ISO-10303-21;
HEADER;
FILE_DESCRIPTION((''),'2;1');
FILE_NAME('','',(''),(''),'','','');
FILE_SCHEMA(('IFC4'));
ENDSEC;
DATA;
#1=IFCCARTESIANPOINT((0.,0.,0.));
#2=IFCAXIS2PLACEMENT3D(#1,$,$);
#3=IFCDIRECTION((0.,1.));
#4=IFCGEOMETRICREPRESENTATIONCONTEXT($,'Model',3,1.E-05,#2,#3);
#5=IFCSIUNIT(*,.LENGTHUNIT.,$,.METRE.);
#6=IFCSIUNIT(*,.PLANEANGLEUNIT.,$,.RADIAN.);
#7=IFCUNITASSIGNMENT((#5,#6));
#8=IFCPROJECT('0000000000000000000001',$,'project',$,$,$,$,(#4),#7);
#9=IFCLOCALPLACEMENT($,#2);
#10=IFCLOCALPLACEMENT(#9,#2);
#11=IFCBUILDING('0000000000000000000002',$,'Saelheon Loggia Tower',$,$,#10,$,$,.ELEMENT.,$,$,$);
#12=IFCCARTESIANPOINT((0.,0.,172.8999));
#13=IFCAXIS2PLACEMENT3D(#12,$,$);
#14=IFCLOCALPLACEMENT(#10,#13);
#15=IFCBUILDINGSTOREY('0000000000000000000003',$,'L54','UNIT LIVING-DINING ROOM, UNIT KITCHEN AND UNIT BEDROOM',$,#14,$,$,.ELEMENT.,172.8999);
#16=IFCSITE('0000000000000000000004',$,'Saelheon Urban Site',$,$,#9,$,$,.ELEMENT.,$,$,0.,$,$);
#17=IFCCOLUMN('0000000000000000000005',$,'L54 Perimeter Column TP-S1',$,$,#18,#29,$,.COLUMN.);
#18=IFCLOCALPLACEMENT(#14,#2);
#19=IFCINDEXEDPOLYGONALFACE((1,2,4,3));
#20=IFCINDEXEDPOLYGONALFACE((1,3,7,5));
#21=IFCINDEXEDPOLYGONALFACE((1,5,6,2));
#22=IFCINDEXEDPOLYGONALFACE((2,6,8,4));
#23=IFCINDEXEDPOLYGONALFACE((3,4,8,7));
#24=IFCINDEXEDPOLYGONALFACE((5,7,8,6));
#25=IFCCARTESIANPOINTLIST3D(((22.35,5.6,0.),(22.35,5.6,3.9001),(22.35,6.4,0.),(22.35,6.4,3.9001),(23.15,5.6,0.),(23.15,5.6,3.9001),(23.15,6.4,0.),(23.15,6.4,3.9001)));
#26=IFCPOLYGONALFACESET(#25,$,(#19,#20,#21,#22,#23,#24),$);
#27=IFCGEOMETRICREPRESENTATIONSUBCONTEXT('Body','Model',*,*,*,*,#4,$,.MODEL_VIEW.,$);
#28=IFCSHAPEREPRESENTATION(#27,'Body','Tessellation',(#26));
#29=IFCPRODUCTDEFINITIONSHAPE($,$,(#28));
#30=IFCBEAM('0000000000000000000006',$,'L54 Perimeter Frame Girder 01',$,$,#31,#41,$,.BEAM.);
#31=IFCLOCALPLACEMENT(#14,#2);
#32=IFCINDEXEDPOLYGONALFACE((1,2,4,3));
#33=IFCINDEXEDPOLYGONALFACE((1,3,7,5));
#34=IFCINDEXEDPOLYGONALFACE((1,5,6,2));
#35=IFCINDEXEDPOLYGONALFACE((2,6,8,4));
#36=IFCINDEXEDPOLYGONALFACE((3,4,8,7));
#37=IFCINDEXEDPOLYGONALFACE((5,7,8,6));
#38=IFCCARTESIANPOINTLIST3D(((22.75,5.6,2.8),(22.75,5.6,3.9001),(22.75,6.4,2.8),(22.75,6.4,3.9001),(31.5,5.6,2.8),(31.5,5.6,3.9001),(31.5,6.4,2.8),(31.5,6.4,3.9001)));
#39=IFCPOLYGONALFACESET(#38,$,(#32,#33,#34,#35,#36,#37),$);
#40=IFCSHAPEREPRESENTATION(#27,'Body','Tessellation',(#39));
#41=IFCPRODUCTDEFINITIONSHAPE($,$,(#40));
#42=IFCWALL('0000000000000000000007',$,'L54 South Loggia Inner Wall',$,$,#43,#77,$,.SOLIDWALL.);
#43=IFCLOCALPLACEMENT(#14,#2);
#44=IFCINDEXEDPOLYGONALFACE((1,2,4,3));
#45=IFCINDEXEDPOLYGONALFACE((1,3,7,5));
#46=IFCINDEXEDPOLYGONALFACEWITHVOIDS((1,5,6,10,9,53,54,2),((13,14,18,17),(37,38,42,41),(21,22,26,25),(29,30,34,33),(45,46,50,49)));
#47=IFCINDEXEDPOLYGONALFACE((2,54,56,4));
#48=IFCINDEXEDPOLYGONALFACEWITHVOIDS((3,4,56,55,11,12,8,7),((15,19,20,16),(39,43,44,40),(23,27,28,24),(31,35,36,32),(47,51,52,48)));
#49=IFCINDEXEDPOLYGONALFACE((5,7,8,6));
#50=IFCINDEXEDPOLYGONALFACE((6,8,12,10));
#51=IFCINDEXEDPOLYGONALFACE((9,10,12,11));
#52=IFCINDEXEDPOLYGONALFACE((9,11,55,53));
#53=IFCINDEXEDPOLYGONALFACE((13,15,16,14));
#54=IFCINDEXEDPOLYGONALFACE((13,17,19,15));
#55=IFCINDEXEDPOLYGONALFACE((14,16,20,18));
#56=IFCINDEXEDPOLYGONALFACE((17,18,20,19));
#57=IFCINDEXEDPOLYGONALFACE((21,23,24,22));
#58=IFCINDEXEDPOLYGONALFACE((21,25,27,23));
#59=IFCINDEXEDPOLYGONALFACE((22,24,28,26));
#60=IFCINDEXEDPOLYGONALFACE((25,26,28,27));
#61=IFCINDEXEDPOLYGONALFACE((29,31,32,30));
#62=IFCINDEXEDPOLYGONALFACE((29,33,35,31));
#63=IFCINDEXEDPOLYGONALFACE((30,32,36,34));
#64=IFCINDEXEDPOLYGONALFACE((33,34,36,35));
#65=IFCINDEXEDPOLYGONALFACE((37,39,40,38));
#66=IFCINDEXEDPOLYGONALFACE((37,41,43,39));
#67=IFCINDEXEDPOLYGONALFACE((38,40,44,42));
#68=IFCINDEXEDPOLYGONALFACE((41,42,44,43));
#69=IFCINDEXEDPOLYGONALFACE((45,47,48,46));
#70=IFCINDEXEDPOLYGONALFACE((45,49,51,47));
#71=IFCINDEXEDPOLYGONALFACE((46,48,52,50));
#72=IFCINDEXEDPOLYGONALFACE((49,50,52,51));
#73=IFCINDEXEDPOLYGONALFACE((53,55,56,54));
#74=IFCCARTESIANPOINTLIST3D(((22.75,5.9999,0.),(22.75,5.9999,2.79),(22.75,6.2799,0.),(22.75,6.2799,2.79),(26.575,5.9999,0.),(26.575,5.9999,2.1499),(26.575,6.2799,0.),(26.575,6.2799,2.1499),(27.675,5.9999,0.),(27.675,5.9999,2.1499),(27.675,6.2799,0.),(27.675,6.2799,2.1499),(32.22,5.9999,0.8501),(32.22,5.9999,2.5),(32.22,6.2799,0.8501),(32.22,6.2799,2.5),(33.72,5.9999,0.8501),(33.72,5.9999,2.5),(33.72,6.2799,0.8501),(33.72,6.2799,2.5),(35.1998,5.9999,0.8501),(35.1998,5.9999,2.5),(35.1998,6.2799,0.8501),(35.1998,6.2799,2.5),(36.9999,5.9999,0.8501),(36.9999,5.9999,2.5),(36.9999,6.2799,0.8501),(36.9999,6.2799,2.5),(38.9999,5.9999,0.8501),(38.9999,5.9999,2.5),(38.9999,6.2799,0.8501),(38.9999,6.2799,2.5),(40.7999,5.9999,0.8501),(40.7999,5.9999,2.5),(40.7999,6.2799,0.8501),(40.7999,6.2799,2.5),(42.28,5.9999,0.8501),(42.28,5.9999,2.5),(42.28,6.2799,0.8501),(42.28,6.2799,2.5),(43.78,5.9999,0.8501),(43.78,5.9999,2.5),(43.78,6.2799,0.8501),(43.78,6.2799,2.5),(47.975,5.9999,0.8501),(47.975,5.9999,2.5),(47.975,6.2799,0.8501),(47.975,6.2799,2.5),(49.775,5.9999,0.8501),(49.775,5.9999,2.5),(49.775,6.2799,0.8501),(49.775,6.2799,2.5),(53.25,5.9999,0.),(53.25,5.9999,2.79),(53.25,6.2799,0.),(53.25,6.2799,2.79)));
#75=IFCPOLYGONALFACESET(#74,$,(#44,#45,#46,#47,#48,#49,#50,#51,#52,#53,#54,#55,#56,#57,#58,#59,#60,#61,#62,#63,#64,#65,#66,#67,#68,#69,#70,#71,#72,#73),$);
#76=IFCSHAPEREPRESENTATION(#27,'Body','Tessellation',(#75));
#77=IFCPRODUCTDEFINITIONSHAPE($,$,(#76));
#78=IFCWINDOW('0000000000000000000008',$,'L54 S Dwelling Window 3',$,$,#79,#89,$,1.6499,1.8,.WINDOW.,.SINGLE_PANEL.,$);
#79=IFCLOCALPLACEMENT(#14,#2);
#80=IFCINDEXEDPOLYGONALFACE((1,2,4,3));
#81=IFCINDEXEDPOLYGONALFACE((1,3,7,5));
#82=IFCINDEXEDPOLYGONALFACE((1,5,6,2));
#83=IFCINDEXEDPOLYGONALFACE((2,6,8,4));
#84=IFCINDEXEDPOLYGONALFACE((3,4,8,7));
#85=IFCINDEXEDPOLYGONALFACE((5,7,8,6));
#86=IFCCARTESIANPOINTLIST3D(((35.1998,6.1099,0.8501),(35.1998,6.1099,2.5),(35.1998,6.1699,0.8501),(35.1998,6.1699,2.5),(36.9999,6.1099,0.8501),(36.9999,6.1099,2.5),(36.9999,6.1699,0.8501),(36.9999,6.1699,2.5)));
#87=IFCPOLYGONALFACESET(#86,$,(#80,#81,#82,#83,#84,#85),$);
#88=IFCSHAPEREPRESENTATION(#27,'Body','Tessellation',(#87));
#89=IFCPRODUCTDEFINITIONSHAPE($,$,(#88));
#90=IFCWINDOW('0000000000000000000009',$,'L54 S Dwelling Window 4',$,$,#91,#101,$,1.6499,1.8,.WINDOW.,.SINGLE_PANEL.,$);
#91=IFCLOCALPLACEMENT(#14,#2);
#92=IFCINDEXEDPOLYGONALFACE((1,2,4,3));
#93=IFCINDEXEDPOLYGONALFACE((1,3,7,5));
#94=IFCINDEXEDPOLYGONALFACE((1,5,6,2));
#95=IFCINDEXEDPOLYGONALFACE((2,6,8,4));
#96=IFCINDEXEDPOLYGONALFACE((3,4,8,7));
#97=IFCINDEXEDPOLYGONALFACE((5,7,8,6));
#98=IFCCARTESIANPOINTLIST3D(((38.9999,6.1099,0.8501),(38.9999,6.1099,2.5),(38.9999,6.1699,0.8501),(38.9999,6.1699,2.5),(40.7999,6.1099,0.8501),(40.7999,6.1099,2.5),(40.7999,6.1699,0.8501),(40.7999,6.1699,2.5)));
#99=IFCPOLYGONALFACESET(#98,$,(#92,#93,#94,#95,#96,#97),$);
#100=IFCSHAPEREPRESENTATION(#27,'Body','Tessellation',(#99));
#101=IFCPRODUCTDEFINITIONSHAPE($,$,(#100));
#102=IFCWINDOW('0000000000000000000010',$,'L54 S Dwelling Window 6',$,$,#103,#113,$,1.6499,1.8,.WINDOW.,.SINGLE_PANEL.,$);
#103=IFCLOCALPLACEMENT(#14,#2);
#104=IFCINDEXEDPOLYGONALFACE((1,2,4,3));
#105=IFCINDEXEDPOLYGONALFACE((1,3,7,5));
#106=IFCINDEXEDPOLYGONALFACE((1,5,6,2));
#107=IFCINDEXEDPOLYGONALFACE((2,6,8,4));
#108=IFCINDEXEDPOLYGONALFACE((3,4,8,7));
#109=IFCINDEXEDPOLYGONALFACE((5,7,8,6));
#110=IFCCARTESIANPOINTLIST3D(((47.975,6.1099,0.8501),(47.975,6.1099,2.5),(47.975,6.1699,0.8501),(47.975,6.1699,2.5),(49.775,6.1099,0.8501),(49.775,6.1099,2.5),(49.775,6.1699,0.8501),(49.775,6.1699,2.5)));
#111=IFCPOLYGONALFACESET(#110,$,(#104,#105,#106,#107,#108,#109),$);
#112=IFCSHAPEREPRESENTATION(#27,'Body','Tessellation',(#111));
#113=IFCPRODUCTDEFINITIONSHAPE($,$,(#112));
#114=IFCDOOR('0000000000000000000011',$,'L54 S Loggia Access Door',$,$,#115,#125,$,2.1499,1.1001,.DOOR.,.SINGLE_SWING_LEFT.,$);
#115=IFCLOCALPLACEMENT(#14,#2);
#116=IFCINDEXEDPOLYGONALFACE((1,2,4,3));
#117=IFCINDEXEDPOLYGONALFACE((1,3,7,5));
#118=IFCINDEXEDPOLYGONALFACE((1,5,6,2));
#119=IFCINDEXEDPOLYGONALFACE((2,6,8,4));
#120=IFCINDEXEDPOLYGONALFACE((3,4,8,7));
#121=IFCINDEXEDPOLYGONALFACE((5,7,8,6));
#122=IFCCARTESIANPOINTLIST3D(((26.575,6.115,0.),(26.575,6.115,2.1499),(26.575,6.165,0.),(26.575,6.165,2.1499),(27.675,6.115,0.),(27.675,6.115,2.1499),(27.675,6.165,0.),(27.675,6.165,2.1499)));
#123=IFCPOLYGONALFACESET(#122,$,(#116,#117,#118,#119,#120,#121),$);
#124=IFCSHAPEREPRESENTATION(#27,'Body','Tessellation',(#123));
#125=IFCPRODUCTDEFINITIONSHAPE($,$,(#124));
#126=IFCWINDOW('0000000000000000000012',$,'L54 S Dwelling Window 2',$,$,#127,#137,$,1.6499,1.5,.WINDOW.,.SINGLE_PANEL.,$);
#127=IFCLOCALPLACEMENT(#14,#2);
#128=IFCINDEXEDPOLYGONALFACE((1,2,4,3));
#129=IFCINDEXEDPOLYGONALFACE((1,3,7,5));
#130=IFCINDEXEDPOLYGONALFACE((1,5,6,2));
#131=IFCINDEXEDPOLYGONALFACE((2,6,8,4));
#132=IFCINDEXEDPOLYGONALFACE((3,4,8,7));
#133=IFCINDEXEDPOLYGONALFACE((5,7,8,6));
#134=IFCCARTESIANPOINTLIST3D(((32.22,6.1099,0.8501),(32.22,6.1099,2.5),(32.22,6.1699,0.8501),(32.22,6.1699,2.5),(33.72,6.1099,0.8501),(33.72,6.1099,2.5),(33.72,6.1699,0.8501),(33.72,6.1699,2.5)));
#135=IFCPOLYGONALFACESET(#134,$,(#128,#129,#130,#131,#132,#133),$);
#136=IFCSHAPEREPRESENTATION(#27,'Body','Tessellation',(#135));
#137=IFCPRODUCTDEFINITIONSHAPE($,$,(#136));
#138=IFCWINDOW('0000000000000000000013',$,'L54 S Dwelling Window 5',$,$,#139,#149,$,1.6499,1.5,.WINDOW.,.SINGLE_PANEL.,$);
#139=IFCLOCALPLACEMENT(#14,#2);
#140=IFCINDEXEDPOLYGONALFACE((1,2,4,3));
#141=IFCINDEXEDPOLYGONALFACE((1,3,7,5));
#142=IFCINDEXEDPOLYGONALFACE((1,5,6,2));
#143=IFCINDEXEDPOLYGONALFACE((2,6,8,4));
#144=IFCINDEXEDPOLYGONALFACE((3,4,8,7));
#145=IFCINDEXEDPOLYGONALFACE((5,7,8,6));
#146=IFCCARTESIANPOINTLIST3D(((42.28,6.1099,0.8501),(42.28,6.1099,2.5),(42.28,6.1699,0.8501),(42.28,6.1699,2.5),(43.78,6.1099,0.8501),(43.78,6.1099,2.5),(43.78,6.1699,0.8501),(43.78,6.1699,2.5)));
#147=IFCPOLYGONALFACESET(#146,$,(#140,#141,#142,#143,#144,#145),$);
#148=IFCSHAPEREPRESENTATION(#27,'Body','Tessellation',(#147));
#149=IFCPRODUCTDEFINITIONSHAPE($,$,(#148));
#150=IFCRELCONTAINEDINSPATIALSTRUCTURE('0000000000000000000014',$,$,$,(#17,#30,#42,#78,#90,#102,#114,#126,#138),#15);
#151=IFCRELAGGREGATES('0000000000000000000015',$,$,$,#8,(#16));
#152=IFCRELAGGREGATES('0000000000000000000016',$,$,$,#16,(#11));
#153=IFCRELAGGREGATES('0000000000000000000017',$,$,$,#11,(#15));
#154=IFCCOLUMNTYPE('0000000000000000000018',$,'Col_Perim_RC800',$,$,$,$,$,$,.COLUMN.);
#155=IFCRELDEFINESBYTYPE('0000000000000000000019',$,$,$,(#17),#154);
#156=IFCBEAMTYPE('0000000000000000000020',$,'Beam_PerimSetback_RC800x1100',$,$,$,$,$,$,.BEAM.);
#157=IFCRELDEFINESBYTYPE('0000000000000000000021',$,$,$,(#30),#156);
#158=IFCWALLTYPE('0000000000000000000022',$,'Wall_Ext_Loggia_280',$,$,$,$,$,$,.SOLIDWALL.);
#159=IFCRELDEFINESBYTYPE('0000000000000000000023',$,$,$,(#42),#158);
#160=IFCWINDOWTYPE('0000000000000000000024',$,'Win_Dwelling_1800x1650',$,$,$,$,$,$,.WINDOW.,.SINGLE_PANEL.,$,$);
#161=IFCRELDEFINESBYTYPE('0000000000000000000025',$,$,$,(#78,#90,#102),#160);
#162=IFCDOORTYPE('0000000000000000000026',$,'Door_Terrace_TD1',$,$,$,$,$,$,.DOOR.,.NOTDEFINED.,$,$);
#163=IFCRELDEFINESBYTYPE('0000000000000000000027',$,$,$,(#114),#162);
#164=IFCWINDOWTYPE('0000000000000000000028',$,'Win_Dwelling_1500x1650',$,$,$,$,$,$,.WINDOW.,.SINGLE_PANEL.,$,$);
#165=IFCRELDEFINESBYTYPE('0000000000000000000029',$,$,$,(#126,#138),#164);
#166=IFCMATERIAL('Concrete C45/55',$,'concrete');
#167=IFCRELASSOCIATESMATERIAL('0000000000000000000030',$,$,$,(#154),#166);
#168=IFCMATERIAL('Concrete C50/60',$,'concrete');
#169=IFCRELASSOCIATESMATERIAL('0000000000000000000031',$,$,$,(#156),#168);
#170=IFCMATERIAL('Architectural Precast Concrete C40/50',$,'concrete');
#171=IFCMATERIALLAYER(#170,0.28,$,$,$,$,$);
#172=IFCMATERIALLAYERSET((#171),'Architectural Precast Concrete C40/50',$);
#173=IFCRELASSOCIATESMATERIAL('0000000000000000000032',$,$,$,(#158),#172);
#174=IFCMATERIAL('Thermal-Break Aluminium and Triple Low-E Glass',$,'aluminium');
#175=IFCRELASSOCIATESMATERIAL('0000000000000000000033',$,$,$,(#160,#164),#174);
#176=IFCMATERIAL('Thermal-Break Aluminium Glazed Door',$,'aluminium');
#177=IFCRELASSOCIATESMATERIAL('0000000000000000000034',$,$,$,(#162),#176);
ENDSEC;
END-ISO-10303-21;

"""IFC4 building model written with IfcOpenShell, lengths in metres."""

from ifc_helpers import new_model, si_unit, direction, frame, frame_2d, origin, origin_2d, place, context, subcontext, project, spatial, rectangle, extrude, source, transform, mapped, material, layer, layer_set, material_profile, profile_set, type_object, element, fill, save


model = new_model("IFC4")

# Units and contexts
model_context = context("Model", 3, precision=1e-05, world=origin(), true_north=direction((0.0, 1.0)))
body_context = subcontext(model_context, "Body", "Model", "MODEL_VIEW")
ifc_project = project(units=[si_unit("LENGTHUNIT", "METRE"), si_unit("PLANEANGLEUNIT", "RADIAN")], contexts=[model_context])

# Site, building, storey
site_placement = place(None, origin())
site = spatial("IfcSite", under=ifc_project, at=site_placement, Name="Saelheon Urban Site", CompositionType="ELEMENT", RefElevation=0.0)
building_placement = place(site_placement, origin())
building = spatial("IfcBuilding", under=site, at=building_placement, Name="Saelheon Loggia Tower", CompositionType="ELEMENT")
storey_placement = place(building_placement, frame((0.0, 0.0, 172.8999)))
storey = spatial("IfcBuildingStorey", under=building, at=storey_placement, Name="L54", Description="UNIT LIVING-DINING ROOM, UNIT KITCHEN AND UNIT BEDROOM", CompositionType="ELEMENT", Elevation=172.8999)

# Column
ifc_material_1 = material(Name="Concrete C45/55", Category="concrete")
ifc_material_profile_1 = material_profile(ifc_material_1, rectangle(XDim=0.8, YDim=0.8, at=origin_2d()), Name="RC-800x800")
ifc_profile_set_1 = profile_set([ifc_material_profile_1], Name="Concrete C45/55")
column_type = type_object("IfcColumnType", Name="Col_Perim_RC800", PredefinedType="COLUMN", material=ifc_profile_set_1)
shared_shape_1 = source(origin(), body_context, "Body", "SweptSolid", [
    extrude(rectangle(XDim=0.8, YDim=0.8, at=origin_2d()), origin(), (0.0, 0.0, 1.0), 3.9001),
])
column_placement = place(storey_placement, frame((22.75, 6.0, 0.0), z_axis=(0.0, 0.0, 1.0), x_axis=(1.0, 0.0, 0.0)))
element("IfcColumn", 1, at=column_placement, inside=storey, type_object=column_type, Name="L54 Perimeter Column TP-S1", PredefinedType="COLUMN", context=body_context, shape_type="MappedRepresentation", body=[
    mapped(shared_shape_1, transform((0.0, 0.0, 0.0), scale=1.0)),
])

# Beam
ifc_material_2 = material(Name="Concrete C50/60", Category="concrete")
ifc_material_profile_2 = material_profile(ifc_material_2, rectangle(XDim=0.8, YDim=1.1001, at=origin_2d()), Name="RC-800x1100")
ifc_profile_set_2 = profile_set([ifc_material_profile_2], Name="Concrete C50/60")
beam_type = type_object("IfcBeamType", Name="Beam_PerimSetback_RC800x1100", PredefinedType="BEAM", material=ifc_profile_set_2)
shared_shape_2 = source(origin(), body_context, "Body", "SweptSolid", [
    extrude(rectangle(XDim=0.8, YDim=1.1001, at=origin_2d()), origin(), (0.0, 0.0, 1.0), 8.75),
])
beam_placement = place(storey_placement, frame((22.75, 6.0, 3.3501), z_axis=(1.0, 0.0, 0.0), x_axis=(0.0, 1.0, 0.0)))
element("IfcBeam", 2, at=beam_placement, inside=storey, type_object=beam_type, Name="L54 Perimeter Frame Girder 01", PredefinedType="BEAM", context=body_context, shape_type="MappedRepresentation", body=[
    mapped(shared_shape_2, transform((0.0, 0.0, 0.0), scale=1.0)),
])

# Wall, openings, windows, door
ifc_material_3 = material(Name="Architectural Precast Concrete C40/50", Category="concrete")
ifc_layer = layer(ifc_material_3, 0.28)
ifc_layer_set = layer_set([ifc_layer], Name="Architectural Precast Concrete C40/50")
wall_type = type_object("IfcWallType", Name="Wall_Ext_Loggia_280", PredefinedType="SOLIDWALL", material=ifc_layer_set)
wall_1_placement = place(storey_placement, frame((22.75, 6.1399, 0.0), z_axis=(0.0, 0.0, 1.0), x_axis=(1.0, 0.0, 0.0)))
wall_1 = element("IfcWall", 3, at=wall_1_placement, inside=storey, type_object=wall_type, Name="L54 South Loggia Inner Wall", PredefinedType="SOLIDWALL", context=body_context, shape_type="SweptSolid", body=[
    extrude(rectangle(XDim=30.5, YDim=0.28, at=frame_2d((15.25, 0.0))), origin(), (0.0, 0.0, 1.0), 2.79),
])
opening_1_placement = place(wall_1_placement, frame((4.925, 0.0, 0.0), z_axis=(0.0, 0.0, 1.0), x_axis=(-1.0, 0.0, 0.0)))
opening_1 = element("IfcOpeningElement", 4, at=opening_1_placement, cuts=wall_1, PredefinedType="OPENING", context=body_context, shape_type="SweptSolid", body=[
    extrude(rectangle(XDim=1.1001, YDim=2.1499, at=frame_2d((0.55, 1.075))), frame((0.0, 0.1521, 0.0), z_axis=(0.0, -1.0, 0.0), x_axis=(1.0, 0.0, 0.0)), (0.0, 0.0, 1.0), 0.304),
])
opening_2_placement = place(wall_1_placement, frame((9.47, 0.0, 0.8501)))
opening_2 = element("IfcOpeningElement", 5, at=opening_2_placement, cuts=wall_1, PredefinedType="OPENING", context=body_context, shape_type="SweptSolid", body=[
    extrude(rectangle(XDim=1.5, YDim=1.6499, at=frame_2d((0.75, 0.825))), frame((0.0, 0.1521, 0.0), z_axis=(0.0, -1.0, 0.0), x_axis=(1.0, 0.0, 0.0)), (0.0, 0.0, 1.0), 0.304),
])
opening_3_placement = place(wall_1_placement, frame((12.45, 0.0, 0.8501)))
opening_3 = element("IfcOpeningElement", 6, at=opening_3_placement, cuts=wall_1, PredefinedType="OPENING", context=body_context, shape_type="SweptSolid", body=[
    extrude(rectangle(XDim=1.8, YDim=1.6499, at=frame_2d((0.8999, 0.825))), frame((0.0, 0.1521, 0.0), z_axis=(0.0, -1.0, 0.0), x_axis=(1.0, 0.0, 0.0)), (0.0, 0.0, 1.0), 0.304),
])
opening_4_placement = place(wall_1_placement, frame((16.25, 0.0, 0.8501)))
opening_4 = element("IfcOpeningElement", 7, at=opening_4_placement, cuts=wall_1, PredefinedType="OPENING", context=body_context, shape_type="SweptSolid", body=[
    extrude(rectangle(XDim=1.8, YDim=1.6499, at=frame_2d((0.8999, 0.825))), frame((0.0, 0.1521, 0.0), z_axis=(0.0, -1.0, 0.0), x_axis=(1.0, 0.0, 0.0)), (0.0, 0.0, 1.0), 0.304),
])
opening_5_placement = place(wall_1_placement, frame((19.53, 0.0, 0.8501)))
opening_5 = element("IfcOpeningElement", 8, at=opening_5_placement, cuts=wall_1, PredefinedType="OPENING", context=body_context, shape_type="SweptSolid", body=[
    extrude(rectangle(XDim=1.5, YDim=1.6499, at=frame_2d((0.75, 0.825))), frame((0.0, 0.1521, 0.0), z_axis=(0.0, -1.0, 0.0), x_axis=(1.0, 0.0, 0.0)), (0.0, 0.0, 1.0), 0.304),
])
opening_6_placement = place(wall_1_placement, frame((25.2251, 0.0, 0.8501)))
opening_6 = element("IfcOpeningElement", 9, at=opening_6_placement, cuts=wall_1, PredefinedType="OPENING", context=body_context, shape_type="SweptSolid", body=[
    extrude(rectangle(XDim=1.8, YDim=1.6499, at=frame_2d((0.8999, 0.825))), frame((0.0, 0.1521, 0.0), z_axis=(0.0, -1.0, 0.0), x_axis=(1.0, 0.0, 0.0)), (0.0, 0.0, 1.0), 0.304),
])
ifc_material_4 = material(Name="Thermal-Break Aluminium and Triple Low-E Glass", Category="aluminium")
window_type_1 = type_object("IfcWindowType", Name="Win_Dwelling_1800x1650", PartitioningType="SINGLE_PANEL", PredefinedType="WINDOW", material=ifc_material_4)
shared_shape_3 = source(origin(), body_context, "Body", "SweptSolid", [
    extrude(rectangle(XDim=1.8, YDim=1.6499, at=frame_2d((0.8999, 0.825))), frame((0.0, 0.03, 0.0), z_axis=(0.0, -1.0, 0.0), x_axis=(1.0, 0.0, 0.0)), (0.0, 0.0, 1.0), 0.0601),
])
window_1_placement = place(opening_3_placement, origin())
window_1 = element("IfcWindow", 10, at=window_1_placement, inside=storey, type_object=window_type_1, Name="L54 S Dwelling Window 3", OverallHeight=1.6499, OverallWidth=1.8, PartitioningType="SINGLE_PANEL", PredefinedType="WINDOW", context=body_context, shape_type="MappedRepresentation", body=[
    mapped(shared_shape_3, transform((0.0, 0.0, 0.0), scale=1.0)),
])
fill(opening_3, window_1)
window_2_placement = place(opening_4_placement, origin())
window_2 = element("IfcWindow", 11, at=window_2_placement, inside=storey, type_object=window_type_1, Name="L54 S Dwelling Window 4", OverallHeight=1.6499, OverallWidth=1.8, PartitioningType="SINGLE_PANEL", PredefinedType="WINDOW", context=body_context, shape_type="MappedRepresentation", body=[
    mapped(shared_shape_3, transform((0.0, 0.0, 0.0), scale=1.0)),
])
fill(opening_4, window_2)
window_3_placement = place(opening_6_placement, origin())
window_3 = element("IfcWindow", 12, at=window_3_placement, inside=storey, type_object=window_type_1, Name="L54 S Dwelling Window 6", OverallHeight=1.6499, OverallWidth=1.8, PartitioningType="SINGLE_PANEL", PredefinedType="WINDOW", context=body_context, shape_type="MappedRepresentation", body=[
    mapped(shared_shape_3, transform((0.0, 0.0, 0.0), scale=1.0)),
])
fill(opening_6, window_3)
ifc_material_5 = material(Name="Thermal-Break Aluminium Glazed Door", Category="aluminium")
door_type_1 = type_object("IfcDoorType", Name="Door_Terrace_TD1", OperationType="NOTDEFINED", PredefinedType="DOOR", material=ifc_material_5)
shared_shape_4 = source(origin(), body_context, "Body", "SweptSolid", [
    extrude(rectangle(XDim=1.1001, YDim=2.1499, at=frame_2d((0.55, 1.075))), frame((0.0, 0.0249, 0.0), z_axis=(0.0, -1.0, 0.0), x_axis=(1.0, 0.0, 0.0)), (0.0, 0.0, 1.0), 0.05),
])
door_1_placement = place(opening_1_placement, origin())
door_1 = element("IfcDoor", 13, at=door_1_placement, inside=storey, type_object=door_type_1, Name="L54 S Loggia Access Door", OperationType="SINGLE_SWING_LEFT", OverallHeight=2.1499, OverallWidth=1.1001, PredefinedType="DOOR", context=body_context, shape_type="MappedRepresentation", body=[
    mapped(shared_shape_4, transform((0.0, 0.0, 0.0), scale=1.0)),
])
fill(opening_1, door_1)
window_type_2 = type_object("IfcWindowType", Name="Win_Dwelling_1500x1650", PartitioningType="SINGLE_PANEL", PredefinedType="WINDOW", material=ifc_material_4)
shared_shape_5 = source(origin(), body_context, "Body", "SweptSolid", [
    extrude(rectangle(XDim=1.5, YDim=1.6499, at=frame_2d((0.75, 0.825))), frame((0.0, 0.03, 0.0), z_axis=(0.0, -1.0, 0.0), x_axis=(1.0, 0.0, 0.0)), (0.0, 0.0, 1.0), 0.0601),
])
window_4_placement = place(opening_2_placement, origin())
window_4 = element("IfcWindow", 14, at=window_4_placement, inside=storey, type_object=window_type_2, Name="L54 S Dwelling Window 2", OverallHeight=1.6499, OverallWidth=1.5, PartitioningType="SINGLE_PANEL", PredefinedType="WINDOW", context=body_context, shape_type="MappedRepresentation", body=[
    mapped(shared_shape_5, transform((0.0, 0.0, 0.0), scale=1.0)),
])
fill(opening_2, window_4)
window_5_placement = place(opening_5_placement, origin())
window_5 = element("IfcWindow", 15, at=window_5_placement, inside=storey, type_object=window_type_2, Name="L54 S Dwelling Window 5", OverallHeight=1.6499, OverallWidth=1.5, PartitioningType="SINGLE_PANEL", PredefinedType="WINDOW", context=body_context, shape_type="MappedRepresentation", body=[
    mapped(shared_shape_5, transform((0.0, 0.0, 0.0), scale=1.0)),
])
fill(opening_5, window_5)

save(model, "model.ifc")
